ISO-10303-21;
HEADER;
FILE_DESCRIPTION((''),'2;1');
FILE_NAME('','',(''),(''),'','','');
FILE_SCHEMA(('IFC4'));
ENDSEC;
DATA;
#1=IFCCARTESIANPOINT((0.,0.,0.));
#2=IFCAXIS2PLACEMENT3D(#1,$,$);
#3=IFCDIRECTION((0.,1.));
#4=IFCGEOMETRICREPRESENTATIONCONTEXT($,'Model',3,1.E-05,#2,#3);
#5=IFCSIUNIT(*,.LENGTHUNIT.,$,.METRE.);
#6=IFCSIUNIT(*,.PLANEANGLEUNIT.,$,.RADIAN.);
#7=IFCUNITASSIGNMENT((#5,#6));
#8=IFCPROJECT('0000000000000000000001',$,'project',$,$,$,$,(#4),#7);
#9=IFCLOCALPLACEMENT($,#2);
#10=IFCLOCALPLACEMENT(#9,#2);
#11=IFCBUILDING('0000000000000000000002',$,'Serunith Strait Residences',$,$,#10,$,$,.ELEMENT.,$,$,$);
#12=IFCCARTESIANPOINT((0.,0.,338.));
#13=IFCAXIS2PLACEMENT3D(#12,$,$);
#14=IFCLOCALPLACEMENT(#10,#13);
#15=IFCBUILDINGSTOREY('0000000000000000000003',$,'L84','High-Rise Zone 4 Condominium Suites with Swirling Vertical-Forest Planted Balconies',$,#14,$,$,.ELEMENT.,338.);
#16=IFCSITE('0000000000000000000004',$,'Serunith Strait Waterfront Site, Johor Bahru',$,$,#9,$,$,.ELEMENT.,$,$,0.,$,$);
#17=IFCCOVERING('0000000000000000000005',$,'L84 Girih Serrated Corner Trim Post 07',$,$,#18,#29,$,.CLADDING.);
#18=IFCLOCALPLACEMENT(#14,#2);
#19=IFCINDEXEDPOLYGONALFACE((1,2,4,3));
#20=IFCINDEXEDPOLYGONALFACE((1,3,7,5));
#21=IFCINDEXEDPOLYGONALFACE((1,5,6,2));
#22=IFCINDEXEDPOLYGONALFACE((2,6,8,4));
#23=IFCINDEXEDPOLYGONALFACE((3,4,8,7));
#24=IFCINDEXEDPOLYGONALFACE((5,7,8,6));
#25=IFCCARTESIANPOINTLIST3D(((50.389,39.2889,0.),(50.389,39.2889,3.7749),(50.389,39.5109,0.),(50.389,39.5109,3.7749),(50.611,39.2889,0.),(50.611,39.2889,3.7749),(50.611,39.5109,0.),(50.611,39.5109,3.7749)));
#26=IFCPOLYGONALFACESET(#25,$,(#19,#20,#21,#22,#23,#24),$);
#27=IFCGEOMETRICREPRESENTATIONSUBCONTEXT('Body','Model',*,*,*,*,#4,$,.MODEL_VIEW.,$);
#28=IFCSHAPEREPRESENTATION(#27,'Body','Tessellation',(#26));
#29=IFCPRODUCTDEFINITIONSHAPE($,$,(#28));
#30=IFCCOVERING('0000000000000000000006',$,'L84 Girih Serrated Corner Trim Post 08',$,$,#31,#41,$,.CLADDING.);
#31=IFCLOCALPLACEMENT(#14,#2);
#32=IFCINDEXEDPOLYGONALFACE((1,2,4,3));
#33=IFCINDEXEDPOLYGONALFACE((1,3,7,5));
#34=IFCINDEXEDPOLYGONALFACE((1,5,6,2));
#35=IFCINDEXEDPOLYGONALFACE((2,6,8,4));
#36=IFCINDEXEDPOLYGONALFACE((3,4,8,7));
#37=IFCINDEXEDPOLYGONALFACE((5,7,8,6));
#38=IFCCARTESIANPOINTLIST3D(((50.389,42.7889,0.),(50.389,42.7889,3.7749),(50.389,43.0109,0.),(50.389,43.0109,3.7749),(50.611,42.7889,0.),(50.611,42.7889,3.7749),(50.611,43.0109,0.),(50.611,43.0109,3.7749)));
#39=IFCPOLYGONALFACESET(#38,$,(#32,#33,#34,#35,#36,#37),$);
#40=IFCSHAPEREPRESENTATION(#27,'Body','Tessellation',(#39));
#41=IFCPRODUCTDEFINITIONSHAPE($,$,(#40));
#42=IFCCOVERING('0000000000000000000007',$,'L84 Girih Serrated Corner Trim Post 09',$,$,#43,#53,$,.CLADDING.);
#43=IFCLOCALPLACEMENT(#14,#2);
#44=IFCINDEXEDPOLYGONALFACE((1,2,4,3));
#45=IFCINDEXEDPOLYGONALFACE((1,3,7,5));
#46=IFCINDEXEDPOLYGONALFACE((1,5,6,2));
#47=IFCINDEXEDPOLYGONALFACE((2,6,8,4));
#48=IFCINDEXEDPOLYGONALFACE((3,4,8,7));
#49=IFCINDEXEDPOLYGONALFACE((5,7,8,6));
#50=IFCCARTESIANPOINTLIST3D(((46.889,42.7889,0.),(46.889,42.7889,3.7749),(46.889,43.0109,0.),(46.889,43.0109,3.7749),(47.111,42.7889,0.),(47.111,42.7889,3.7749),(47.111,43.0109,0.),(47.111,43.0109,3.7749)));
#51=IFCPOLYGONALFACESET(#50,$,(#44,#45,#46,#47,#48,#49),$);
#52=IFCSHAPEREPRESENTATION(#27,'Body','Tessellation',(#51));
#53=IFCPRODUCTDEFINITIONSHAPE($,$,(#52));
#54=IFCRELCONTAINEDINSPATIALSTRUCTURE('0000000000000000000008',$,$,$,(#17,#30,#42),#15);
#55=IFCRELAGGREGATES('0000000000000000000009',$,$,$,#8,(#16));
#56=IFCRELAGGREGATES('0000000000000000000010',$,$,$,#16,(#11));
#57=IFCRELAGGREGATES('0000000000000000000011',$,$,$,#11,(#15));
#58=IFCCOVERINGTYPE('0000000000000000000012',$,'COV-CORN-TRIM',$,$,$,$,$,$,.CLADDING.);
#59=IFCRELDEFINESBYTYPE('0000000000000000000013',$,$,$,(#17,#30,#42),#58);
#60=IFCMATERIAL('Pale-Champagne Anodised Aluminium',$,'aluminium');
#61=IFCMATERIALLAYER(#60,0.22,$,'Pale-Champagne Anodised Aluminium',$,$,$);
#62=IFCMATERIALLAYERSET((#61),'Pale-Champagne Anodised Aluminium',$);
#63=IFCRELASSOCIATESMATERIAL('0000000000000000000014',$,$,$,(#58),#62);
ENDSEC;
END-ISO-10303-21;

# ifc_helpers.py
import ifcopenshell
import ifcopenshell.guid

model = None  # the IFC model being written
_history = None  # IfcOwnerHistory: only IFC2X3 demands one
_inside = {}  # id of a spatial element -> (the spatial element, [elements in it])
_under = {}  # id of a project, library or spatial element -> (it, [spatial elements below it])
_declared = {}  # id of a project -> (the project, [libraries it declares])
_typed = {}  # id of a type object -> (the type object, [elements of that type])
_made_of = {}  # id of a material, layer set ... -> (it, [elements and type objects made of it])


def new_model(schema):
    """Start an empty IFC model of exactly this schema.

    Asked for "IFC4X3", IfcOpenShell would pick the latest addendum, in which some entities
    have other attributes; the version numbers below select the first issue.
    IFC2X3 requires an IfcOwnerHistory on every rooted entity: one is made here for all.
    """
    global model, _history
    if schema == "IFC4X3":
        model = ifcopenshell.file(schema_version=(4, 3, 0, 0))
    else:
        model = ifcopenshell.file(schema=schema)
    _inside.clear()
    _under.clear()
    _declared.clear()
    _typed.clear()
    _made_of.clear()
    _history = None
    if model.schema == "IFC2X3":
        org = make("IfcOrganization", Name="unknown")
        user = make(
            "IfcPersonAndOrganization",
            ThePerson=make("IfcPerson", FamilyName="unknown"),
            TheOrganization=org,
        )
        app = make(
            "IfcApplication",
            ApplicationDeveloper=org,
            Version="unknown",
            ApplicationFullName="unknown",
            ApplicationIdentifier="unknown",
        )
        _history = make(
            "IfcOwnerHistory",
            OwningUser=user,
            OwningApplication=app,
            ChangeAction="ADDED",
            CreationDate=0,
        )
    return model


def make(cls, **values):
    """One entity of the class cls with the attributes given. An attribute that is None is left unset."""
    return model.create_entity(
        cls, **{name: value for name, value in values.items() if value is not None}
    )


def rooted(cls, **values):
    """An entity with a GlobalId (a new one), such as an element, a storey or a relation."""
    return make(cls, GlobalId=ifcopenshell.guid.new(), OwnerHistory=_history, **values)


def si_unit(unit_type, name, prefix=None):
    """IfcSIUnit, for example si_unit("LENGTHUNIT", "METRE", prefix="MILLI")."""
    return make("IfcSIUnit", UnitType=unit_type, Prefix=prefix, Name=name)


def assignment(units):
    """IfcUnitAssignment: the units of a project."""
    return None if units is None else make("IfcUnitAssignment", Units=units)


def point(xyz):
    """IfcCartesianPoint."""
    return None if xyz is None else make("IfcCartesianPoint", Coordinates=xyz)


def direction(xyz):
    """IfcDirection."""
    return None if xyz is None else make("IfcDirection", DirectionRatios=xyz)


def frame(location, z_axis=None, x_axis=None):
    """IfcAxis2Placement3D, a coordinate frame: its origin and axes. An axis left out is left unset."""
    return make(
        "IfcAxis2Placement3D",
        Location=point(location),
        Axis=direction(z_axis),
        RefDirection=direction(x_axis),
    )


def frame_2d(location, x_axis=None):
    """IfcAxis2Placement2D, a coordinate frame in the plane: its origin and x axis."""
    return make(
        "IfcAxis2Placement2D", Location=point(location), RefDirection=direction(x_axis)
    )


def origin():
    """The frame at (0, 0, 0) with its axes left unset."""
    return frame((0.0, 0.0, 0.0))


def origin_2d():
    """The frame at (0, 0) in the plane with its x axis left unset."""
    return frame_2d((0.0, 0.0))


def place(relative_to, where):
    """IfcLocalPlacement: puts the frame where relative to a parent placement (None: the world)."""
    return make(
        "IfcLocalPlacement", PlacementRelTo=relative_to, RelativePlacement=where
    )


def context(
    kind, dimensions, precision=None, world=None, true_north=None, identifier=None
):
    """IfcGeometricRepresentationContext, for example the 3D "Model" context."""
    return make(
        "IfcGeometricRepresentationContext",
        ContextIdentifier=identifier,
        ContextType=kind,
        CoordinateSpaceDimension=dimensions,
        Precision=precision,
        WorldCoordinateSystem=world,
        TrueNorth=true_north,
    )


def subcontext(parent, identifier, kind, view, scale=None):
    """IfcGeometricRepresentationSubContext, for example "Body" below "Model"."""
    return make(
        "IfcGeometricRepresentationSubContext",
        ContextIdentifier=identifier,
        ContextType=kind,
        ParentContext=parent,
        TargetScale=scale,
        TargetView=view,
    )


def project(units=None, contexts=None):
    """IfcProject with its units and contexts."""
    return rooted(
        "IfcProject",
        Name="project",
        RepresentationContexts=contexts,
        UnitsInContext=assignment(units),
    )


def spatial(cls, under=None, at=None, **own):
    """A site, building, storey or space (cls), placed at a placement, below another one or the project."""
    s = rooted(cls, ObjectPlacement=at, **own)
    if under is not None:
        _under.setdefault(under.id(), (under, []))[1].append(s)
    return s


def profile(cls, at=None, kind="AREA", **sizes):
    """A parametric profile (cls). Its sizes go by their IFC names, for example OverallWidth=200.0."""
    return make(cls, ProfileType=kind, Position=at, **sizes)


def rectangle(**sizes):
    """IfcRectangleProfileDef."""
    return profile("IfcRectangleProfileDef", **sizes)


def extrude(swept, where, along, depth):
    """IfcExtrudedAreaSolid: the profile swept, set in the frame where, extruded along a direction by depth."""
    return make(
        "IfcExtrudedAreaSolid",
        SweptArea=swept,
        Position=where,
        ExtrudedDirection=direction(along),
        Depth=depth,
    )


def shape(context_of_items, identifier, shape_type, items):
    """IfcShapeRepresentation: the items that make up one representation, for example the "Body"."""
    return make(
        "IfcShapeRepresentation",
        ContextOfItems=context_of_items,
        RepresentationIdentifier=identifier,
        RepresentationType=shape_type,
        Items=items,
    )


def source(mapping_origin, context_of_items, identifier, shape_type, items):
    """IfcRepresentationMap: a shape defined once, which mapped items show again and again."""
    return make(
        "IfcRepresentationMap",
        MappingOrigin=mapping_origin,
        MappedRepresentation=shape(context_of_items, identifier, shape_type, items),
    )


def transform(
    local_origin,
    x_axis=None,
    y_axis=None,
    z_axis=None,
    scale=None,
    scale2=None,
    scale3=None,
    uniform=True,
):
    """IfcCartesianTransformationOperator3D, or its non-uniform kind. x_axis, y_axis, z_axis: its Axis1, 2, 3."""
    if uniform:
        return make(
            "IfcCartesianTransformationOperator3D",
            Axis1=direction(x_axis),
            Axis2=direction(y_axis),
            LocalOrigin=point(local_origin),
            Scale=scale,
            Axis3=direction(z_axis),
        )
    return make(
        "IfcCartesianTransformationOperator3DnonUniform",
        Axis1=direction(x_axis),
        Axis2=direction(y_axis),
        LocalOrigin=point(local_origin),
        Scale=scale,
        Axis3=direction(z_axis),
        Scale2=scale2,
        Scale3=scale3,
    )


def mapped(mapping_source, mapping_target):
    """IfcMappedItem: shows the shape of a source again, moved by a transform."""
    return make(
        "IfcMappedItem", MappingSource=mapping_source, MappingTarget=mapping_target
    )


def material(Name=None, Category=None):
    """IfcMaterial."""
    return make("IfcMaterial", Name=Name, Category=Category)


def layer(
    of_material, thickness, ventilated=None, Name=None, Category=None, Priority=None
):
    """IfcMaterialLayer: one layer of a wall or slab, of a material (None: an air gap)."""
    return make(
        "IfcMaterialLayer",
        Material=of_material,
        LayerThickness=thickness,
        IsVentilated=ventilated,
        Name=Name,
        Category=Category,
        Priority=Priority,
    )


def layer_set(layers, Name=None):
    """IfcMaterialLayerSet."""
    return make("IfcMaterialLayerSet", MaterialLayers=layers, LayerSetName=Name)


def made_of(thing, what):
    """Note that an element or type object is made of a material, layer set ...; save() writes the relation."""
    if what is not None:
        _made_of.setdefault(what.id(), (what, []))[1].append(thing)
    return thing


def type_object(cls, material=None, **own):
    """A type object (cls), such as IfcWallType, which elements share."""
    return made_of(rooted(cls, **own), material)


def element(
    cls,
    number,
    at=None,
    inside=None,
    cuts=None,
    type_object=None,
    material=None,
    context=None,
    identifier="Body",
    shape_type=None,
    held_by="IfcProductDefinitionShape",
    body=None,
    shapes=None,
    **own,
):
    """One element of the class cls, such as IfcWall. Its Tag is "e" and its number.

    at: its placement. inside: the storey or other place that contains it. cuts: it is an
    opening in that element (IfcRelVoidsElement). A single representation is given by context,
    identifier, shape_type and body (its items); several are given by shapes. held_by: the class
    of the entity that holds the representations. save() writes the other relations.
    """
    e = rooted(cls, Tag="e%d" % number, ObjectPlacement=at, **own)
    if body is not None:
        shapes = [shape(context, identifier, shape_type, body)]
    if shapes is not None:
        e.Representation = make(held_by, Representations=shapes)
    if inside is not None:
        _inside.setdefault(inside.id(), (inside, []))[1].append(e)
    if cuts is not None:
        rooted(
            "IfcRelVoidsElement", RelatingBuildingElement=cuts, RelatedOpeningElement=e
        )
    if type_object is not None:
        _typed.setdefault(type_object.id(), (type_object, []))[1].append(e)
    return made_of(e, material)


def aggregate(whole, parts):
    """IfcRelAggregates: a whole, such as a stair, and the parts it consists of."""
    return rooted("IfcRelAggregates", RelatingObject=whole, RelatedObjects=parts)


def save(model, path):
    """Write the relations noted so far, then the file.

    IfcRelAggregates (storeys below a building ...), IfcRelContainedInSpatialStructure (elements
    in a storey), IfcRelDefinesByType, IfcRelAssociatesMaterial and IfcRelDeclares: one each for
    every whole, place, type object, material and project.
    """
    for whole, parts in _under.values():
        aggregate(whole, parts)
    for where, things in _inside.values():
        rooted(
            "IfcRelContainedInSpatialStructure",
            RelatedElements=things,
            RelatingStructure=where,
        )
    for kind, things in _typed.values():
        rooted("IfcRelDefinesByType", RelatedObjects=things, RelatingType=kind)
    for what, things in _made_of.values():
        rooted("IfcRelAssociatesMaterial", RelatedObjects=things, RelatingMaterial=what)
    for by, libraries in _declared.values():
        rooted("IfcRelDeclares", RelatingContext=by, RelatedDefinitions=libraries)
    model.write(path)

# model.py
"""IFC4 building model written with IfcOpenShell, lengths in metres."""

from ifc_helpers import new_model, si_unit, direction, frame, origin, origin_2d, place, context, subcontext, project, spatial, rectangle, extrude, source, transform, mapped, material, layer, layer_set, type_object, element, save


model = new_model("IFC4")

# Units and contexts
model_context = context("Model", 3, precision=1e-05, world=origin(), true_north=direction((0.0, 1.0)))
body_context = subcontext(model_context, "Body", "Model", "MODEL_VIEW")
ifc_project = project(units=[si_unit("LENGTHUNIT", "METRE"), si_unit("PLANEANGLEUNIT", "RADIAN")], contexts=[model_context])

# Site, building, storey
site_placement = place(None, origin())
site = spatial("IfcSite", under=ifc_project, at=site_placement, Name="Serunith Strait Waterfront Site, Johor Bahru", CompositionType="ELEMENT", RefElevation=0.0)
building_placement = place(site_placement, origin())
building = spatial("IfcBuilding", under=site, at=building_placement, Name="Serunith Strait Residences", CompositionType="ELEMENT")
storey_placement = place(building_placement, frame((0.0, 0.0, 338.0)))
storey = spatial("IfcBuildingStorey", under=building, at=storey_placement, Name="L84", Description="High-Rise Zone 4 Condominium Suites with Swirling Vertical-Forest Planted Balconies", CompositionType="ELEMENT", Elevation=338.0)

# Coverings
ifc_material_1 = material(Name="Pale-Champagne Anodised Aluminium", Category="aluminium")
ifc_layer_1 = layer(ifc_material_1, 0.22, Name="Pale-Champagne Anodised Aluminium")
ifc_layer_set_1 = layer_set([ifc_layer_1], Name="Pale-Champagne Anodised Aluminium")
covering_type = type_object("IfcCoveringType", Name="COV-CORN-TRIM", PredefinedType="CLADDING", material=ifc_layer_set_1)
shared_shape_1 = source(origin(), body_context, "Body", "SweptSolid", [
    extrude(rectangle(XDim=0.2219, YDim=0.2219, at=origin_2d()), origin(), (0.0, 0.0, 1.0), 3.7749),
])
for number, where, z_axis, x_axis, name in (
    (1, (50.5, 39.3999, 0.0), (0.0, 0.0, 1.0), (1.0, 0.0, 0.0), "L84 Girih Serrated Corner Trim Post 07"),
    (2, (50.5, 42.8999, 0.0), (0.0, 0.0, 1.0), (1.0, 0.0, 0.0), "L84 Girih Serrated Corner Trim Post 08"),
    (3, (47.0, 42.8999, 0.0), (0.0, 0.0, 1.0), (1.0, 0.0, 0.0), "L84 Girih Serrated Corner Trim Post 09"),
):
    element("IfcCovering", number, at=place(storey_placement, frame(where, z_axis=z_axis, x_axis=x_axis)), inside=storey, type_object=covering_type, Name=name, PredefinedType="CLADDING", context=body_context, shape_type="MappedRepresentation", body=[
        mapped(shared_shape_1, transform((0.0, 0.0, 0.0), scale=1.0)),
    ])

save(model, "model.ifc")
